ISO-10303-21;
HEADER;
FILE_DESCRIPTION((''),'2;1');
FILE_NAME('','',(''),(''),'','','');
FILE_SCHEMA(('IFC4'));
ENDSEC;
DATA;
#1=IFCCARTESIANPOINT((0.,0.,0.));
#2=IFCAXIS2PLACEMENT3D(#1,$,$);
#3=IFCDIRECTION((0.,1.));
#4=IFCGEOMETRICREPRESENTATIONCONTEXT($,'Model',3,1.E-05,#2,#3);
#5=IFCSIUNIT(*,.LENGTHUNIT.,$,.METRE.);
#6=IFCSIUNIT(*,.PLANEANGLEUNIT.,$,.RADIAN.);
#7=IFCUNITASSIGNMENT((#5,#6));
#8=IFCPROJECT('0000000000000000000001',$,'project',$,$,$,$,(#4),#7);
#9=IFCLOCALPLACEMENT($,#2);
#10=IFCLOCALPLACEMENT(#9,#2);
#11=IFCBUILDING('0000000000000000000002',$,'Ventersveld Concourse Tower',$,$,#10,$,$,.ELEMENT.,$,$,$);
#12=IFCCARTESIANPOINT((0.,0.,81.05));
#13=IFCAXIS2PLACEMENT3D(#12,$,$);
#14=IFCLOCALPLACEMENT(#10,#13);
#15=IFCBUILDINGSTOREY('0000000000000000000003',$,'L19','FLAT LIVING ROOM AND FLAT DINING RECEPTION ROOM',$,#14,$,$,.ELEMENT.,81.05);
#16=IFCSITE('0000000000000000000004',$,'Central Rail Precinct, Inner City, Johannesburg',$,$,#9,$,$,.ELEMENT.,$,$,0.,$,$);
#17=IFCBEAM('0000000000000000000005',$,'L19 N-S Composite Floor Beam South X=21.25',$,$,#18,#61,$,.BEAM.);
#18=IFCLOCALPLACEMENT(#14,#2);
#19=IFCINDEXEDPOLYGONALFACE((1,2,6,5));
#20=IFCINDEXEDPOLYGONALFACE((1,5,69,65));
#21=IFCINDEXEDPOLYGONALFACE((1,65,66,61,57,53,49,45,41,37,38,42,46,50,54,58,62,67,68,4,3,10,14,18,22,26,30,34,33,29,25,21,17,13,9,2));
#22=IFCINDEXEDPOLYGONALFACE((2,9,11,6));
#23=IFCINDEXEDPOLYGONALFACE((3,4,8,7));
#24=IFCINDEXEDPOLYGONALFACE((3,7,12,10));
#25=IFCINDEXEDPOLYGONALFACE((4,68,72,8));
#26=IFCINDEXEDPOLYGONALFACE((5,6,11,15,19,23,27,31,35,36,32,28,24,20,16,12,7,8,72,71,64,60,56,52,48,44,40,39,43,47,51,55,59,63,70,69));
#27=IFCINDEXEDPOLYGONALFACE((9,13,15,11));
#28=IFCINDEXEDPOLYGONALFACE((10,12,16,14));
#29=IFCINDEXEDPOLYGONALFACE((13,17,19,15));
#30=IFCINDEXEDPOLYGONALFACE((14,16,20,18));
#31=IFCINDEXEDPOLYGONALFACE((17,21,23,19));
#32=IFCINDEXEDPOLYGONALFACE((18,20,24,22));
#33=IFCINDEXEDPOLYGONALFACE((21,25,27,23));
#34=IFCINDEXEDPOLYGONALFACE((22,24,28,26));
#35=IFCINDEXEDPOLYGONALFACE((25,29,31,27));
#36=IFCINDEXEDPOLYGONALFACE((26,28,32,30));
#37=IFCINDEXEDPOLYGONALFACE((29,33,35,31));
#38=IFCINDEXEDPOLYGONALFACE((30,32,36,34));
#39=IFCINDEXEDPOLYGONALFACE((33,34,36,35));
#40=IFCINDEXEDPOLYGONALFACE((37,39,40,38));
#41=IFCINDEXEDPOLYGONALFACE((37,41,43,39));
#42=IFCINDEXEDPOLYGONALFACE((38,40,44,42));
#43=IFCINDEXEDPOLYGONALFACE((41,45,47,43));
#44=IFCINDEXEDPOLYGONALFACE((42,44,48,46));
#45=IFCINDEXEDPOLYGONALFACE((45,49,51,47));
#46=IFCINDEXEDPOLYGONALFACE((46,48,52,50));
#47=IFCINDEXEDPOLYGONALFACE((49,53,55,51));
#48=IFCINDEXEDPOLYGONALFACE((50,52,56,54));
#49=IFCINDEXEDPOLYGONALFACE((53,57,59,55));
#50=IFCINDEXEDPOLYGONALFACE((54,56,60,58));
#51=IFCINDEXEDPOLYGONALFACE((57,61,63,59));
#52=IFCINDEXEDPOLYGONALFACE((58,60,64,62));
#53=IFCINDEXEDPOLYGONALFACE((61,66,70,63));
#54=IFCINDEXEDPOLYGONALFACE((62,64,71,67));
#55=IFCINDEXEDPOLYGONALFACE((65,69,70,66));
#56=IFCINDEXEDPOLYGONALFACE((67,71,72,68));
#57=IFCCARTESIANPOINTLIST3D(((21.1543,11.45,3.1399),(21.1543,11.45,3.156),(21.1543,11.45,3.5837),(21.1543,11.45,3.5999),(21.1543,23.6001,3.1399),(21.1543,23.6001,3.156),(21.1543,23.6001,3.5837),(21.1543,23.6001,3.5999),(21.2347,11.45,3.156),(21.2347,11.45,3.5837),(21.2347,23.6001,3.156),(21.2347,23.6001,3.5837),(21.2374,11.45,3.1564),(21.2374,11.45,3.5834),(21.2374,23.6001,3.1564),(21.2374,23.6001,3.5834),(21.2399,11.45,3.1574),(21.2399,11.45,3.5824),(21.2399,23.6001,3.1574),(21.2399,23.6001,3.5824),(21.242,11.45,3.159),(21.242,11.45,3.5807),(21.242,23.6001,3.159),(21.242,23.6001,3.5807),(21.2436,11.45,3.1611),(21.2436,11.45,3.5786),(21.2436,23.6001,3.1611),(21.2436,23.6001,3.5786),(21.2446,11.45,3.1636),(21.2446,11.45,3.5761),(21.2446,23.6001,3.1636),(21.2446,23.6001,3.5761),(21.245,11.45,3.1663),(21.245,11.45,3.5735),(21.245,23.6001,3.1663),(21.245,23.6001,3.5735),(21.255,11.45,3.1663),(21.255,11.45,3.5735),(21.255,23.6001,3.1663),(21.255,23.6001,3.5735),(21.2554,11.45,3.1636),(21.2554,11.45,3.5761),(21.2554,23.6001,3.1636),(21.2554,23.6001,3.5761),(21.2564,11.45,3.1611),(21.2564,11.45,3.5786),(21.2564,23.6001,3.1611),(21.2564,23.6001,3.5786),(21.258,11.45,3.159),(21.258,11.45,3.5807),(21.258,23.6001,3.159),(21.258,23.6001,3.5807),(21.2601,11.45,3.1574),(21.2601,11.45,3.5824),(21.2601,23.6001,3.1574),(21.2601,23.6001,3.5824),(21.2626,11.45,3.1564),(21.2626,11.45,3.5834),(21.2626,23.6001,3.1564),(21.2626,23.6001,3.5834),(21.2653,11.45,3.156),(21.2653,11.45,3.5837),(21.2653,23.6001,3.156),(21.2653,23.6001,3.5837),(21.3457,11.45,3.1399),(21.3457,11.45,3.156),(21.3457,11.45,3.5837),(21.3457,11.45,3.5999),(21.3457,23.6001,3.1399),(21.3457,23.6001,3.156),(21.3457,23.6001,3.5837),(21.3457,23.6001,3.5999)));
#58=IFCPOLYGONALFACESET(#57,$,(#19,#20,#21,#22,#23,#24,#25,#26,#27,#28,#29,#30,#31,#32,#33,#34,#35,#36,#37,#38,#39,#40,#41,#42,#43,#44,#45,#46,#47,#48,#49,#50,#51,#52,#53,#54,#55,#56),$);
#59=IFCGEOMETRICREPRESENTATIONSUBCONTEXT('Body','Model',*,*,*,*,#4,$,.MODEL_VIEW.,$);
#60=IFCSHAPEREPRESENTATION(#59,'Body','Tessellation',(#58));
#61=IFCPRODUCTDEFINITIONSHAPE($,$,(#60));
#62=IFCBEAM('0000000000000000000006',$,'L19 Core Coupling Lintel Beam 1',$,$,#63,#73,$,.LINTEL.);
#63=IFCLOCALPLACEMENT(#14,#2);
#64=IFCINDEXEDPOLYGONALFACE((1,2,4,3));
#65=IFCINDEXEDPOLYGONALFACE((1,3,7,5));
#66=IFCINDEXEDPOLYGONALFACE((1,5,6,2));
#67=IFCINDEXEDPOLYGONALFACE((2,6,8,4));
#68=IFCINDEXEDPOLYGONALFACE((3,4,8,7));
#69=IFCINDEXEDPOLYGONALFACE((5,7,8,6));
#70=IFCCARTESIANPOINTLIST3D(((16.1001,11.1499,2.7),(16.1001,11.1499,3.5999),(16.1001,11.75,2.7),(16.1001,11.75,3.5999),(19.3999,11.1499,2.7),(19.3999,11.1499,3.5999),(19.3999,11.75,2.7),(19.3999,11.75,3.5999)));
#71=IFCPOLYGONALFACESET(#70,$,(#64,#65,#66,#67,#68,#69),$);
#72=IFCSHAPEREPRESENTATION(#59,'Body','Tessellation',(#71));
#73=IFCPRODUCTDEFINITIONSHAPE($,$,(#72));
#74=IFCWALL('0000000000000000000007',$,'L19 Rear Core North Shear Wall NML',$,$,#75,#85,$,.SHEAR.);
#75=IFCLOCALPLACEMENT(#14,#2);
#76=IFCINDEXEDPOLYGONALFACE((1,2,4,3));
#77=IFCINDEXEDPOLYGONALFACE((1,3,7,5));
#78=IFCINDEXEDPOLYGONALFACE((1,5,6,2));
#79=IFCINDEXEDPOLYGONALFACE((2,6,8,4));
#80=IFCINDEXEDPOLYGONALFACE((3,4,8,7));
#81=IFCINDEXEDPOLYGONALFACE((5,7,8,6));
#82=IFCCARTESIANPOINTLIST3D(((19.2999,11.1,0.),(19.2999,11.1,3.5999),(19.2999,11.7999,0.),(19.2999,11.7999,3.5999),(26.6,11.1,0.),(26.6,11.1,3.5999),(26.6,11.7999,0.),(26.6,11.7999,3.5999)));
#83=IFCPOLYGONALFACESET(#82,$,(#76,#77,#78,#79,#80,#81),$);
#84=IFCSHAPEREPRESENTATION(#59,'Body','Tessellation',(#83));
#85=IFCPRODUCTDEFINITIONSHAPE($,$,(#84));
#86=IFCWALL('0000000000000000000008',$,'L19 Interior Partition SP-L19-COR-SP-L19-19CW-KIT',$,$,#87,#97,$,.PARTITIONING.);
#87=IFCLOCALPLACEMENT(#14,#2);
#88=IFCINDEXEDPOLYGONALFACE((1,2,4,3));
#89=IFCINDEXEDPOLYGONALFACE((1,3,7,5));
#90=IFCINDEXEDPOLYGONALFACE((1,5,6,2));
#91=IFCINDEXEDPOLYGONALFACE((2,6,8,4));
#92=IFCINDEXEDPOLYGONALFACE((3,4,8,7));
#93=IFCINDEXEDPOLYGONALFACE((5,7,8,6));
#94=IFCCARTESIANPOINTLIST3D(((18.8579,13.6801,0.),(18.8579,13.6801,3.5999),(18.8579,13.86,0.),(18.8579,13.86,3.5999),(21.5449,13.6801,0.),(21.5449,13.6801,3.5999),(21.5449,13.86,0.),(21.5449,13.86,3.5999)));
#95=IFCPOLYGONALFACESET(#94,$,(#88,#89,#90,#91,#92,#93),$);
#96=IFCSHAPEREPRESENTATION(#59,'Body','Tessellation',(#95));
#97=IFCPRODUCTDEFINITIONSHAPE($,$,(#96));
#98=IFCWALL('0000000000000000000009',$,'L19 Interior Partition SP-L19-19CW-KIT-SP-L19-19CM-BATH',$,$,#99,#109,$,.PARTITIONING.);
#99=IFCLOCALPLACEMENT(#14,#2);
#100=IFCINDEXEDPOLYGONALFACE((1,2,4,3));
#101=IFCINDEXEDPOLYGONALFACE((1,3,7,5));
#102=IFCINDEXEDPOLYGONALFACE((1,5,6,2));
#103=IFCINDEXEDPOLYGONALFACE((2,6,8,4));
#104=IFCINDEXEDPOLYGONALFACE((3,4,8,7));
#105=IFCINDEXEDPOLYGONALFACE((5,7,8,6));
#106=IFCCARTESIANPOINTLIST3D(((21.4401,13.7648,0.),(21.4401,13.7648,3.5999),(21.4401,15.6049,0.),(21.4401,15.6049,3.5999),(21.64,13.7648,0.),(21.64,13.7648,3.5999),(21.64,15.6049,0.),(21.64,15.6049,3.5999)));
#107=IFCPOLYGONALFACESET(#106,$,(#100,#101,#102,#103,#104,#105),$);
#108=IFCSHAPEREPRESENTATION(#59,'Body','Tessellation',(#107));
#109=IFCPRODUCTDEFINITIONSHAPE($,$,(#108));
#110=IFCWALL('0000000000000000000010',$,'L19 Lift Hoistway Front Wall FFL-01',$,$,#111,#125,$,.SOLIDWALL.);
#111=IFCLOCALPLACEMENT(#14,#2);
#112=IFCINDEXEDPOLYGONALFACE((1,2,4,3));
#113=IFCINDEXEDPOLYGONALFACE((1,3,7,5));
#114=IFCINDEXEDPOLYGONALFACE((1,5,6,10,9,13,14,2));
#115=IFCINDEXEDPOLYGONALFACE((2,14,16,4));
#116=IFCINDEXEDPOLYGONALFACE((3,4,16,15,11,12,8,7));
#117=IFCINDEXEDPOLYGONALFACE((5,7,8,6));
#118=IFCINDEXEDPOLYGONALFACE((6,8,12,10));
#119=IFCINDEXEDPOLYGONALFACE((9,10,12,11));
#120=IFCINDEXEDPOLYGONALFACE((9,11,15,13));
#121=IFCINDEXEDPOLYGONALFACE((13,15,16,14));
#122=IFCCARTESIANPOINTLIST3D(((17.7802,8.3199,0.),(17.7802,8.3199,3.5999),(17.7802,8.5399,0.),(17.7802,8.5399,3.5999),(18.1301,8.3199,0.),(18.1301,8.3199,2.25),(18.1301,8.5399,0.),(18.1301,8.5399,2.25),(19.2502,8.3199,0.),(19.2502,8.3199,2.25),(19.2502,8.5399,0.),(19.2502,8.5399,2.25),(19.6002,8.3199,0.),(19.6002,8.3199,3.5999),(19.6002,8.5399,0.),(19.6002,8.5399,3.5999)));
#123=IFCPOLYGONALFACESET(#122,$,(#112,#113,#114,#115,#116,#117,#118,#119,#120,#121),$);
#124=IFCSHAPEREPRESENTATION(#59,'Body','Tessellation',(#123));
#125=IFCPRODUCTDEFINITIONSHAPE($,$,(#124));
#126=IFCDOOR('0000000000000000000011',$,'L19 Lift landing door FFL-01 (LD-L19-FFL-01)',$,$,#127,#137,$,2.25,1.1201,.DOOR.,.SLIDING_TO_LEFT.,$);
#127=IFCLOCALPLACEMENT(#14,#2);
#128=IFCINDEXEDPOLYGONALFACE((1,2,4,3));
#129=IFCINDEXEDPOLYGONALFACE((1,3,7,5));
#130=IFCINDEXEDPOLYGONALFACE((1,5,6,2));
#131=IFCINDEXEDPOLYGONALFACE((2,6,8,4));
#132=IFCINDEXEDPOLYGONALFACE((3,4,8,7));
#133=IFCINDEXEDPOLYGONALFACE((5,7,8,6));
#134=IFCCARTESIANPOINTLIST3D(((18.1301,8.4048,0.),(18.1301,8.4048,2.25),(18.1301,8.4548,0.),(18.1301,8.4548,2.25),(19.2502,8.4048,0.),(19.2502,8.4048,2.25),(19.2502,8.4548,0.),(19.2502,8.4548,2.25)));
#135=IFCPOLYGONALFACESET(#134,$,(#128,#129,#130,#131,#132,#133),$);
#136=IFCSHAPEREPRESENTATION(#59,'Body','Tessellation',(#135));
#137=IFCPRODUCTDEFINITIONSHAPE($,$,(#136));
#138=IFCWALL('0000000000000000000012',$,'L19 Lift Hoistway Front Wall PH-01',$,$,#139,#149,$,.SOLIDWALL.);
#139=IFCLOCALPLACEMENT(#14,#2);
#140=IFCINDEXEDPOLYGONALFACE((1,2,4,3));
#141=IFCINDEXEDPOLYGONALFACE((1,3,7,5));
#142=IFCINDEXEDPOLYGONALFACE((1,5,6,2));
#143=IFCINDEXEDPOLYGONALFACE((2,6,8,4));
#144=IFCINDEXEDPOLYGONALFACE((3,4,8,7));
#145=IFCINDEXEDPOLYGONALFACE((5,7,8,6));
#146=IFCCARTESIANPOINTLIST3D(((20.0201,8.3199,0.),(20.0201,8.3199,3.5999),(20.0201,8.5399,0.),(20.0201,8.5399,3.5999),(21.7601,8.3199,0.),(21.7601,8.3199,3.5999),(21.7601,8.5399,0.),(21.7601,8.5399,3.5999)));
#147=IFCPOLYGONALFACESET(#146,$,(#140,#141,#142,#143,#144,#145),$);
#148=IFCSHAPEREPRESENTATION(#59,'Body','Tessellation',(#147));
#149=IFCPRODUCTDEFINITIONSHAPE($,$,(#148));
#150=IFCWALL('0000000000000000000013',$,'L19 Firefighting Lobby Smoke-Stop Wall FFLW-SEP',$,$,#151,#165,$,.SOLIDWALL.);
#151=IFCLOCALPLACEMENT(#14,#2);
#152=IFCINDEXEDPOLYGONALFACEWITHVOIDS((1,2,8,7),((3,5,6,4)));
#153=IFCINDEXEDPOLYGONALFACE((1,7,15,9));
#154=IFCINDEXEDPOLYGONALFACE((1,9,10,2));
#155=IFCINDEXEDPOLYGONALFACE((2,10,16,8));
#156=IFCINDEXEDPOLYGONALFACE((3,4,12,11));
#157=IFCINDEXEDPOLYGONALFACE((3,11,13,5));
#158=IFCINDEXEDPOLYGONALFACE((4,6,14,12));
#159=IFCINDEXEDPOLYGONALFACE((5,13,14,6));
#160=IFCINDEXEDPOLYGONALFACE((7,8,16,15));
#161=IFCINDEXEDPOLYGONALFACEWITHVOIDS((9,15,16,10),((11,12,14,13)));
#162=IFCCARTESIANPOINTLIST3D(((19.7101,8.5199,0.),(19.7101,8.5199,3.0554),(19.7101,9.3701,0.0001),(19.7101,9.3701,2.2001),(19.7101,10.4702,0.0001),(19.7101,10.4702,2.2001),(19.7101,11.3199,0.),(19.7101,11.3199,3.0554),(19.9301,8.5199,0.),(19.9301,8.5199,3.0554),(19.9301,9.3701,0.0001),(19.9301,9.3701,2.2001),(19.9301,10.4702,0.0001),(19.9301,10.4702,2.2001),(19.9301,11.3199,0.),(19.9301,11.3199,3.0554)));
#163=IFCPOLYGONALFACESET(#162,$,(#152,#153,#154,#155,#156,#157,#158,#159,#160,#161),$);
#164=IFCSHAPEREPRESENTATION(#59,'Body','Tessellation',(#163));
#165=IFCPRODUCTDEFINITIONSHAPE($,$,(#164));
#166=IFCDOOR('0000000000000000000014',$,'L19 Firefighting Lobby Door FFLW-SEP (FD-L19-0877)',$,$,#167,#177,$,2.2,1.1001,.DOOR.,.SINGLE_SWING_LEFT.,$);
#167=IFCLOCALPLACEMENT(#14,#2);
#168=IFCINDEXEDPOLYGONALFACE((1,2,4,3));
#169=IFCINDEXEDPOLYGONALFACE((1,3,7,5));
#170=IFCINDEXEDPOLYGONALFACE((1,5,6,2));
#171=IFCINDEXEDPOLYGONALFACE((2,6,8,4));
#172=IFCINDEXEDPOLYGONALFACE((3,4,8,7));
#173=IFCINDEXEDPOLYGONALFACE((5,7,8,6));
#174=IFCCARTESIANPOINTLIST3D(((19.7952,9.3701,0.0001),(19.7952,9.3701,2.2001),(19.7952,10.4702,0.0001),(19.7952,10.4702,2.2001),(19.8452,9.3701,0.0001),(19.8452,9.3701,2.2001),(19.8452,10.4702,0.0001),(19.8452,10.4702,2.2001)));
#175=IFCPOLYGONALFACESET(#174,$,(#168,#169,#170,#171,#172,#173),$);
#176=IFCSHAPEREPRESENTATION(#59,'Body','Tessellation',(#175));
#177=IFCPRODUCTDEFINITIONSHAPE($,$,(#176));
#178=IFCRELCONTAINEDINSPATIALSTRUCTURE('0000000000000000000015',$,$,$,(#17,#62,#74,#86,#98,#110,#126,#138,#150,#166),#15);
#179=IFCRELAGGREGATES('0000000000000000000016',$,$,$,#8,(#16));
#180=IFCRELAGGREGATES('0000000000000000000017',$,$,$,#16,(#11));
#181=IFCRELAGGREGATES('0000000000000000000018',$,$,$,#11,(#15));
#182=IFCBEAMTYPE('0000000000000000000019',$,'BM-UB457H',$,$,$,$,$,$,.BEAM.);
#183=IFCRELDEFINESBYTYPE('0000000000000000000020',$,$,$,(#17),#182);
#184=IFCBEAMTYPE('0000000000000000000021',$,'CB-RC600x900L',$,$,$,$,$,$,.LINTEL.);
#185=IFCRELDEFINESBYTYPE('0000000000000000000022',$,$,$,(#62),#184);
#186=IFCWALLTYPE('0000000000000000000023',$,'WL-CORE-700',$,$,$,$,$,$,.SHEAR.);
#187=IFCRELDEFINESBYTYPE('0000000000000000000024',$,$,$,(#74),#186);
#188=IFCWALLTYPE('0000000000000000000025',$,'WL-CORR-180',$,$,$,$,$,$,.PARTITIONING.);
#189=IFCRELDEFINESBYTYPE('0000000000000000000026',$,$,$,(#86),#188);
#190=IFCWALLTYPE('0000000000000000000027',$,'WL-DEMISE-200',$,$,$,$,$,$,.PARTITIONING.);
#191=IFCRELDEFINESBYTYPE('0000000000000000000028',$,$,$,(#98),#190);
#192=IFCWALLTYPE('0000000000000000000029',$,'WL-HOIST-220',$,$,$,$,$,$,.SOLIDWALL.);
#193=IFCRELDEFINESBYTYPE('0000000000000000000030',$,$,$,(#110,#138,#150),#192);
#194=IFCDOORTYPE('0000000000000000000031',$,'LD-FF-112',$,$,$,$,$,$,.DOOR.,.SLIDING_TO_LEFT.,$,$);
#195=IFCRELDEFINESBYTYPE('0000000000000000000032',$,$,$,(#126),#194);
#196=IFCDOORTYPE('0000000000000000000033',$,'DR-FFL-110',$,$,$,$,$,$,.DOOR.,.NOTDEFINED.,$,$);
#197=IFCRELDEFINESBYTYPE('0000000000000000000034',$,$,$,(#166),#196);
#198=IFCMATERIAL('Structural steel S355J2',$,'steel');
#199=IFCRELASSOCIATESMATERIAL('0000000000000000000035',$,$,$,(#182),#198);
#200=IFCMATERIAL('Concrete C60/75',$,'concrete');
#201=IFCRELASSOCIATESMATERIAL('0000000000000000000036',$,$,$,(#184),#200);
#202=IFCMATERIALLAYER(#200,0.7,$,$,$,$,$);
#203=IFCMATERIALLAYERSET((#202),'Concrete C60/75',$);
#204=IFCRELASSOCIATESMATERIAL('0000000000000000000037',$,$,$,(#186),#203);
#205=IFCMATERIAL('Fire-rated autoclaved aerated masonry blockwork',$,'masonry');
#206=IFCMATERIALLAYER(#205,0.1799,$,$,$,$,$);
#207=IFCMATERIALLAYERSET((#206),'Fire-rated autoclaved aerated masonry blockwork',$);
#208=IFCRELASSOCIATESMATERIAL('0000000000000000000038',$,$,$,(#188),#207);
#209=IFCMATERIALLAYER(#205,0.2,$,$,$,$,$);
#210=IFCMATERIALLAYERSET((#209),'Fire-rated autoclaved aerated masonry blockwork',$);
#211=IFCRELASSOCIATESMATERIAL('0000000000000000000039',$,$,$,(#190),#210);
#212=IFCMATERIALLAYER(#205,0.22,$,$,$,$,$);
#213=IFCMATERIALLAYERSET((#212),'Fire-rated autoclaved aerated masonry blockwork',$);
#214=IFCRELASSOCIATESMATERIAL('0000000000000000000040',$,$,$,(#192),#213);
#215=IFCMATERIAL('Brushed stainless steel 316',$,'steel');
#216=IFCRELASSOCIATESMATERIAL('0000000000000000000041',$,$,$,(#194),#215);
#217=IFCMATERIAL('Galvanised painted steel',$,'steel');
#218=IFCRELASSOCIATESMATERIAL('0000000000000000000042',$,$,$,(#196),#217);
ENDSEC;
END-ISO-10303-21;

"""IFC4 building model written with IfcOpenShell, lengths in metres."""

from ifc_helpers import new_model, si_unit, direction, frame, frame_2d, origin, origin_2d, place, context, subcontext, project, spatial, rectangle, i_section, extrude, material, layer, layer_set, material_profile, profile_set, type_object, element, fill, save


model = new_model("IFC4")

# Units and contexts
model_context = context("Model", 3, precision=1e-05, world=origin(), true_north=direction((0.0, 1.0)))
body_context = subcontext(model_context, "Body", "Model", "MODEL_VIEW")
ifc_project = project(units=[si_unit("LENGTHUNIT", "METRE"), si_unit("PLANEANGLEUNIT", "RADIAN")], contexts=[model_context])

# Site, building, storey
site_placement = place(None, origin())
site = spatial("IfcSite", under=ifc_project, at=site_placement, Name="Central Rail Precinct, Inner City, Johannesburg", CompositionType="ELEMENT", RefElevation=0.0)
building_placement = place(site_placement, origin())
building = spatial("IfcBuilding", under=site, at=building_placement, Name="Ventersveld Concourse Tower", CompositionType="ELEMENT")
storey_placement = place(building_placement, frame((0.0, 0.0, 81.05)))
storey = spatial("IfcBuildingStorey", under=building, at=storey_placement, Name="L19", Description="FLAT LIVING ROOM AND FLAT DINING RECEPTION ROOM", CompositionType="ELEMENT", Elevation=81.05)

# Beams
ifc_material_1 = material(Name="Structural steel S355J2", Category="steel")
ifc_material_profile_1 = material_profile(ifc_material_1, i_section(OverallWidth=0.1914, OverallDepth=0.46, WebThickness=0.01, FlangeThickness=0.0161, FilletRadius=0.0103, at=origin_2d()), Name="UB 457x191x82")
ifc_profile_set_1 = profile_set([ifc_material_profile_1], Name="Structural steel S355J2")
beam_type_1 = type_object("IfcBeamType", Name="BM-UB457H", PredefinedType="BEAM", material=ifc_profile_set_1)
beam_1_placement = place(storey_placement, frame((21.25, 11.45, 3.3699), z_axis=(0.0, 1.0, 0.0), x_axis=(-1.0, 0.0, 0.0)))
element("IfcBeam", 1, at=beam_1_placement, inside=storey, type_object=beam_type_1, Name="L19 N-S Composite Floor Beam South X=21.25", PredefinedType="BEAM", context=body_context, shape_type="SweptSolid", body=[
    extrude(i_section(OverallWidth=0.1914, OverallDepth=0.46, WebThickness=0.01, FlangeThickness=0.0161, FilletRadius=0.0103, at=origin_2d()), origin(), (0.0, 0.0, 1.0), 12.1501),
])
ifc_material_2 = material(Name="Concrete C60/75", Category="concrete")
ifc_material_profile_2 = material_profile(ifc_material_2, rectangle(XDim=0.6001, YDim=0.8999, at=origin_2d()), Name="RC 600x900")
ifc_profile_set_2 = profile_set([ifc_material_profile_2], Name="Concrete C60/75")
beam_type_2 = type_object("IfcBeamType", Name="CB-RC600x900L", PredefinedType="LINTEL", material=ifc_profile_set_2)
beam_2_placement = place(storey_placement, frame((16.1001, 11.45, 3.1499), z_axis=(1.0, 0.0, 0.0), x_axis=(0.0, 1.0, 0.0)))
element("IfcBeam", 2, at=beam_2_placement, inside=storey, type_object=beam_type_2, Name="L19 Core Coupling Lintel Beam 1", PredefinedType="LINTEL", context=body_context, shape_type="SweptSolid", body=[
    extrude(rectangle(XDim=0.6001, YDim=0.8999, at=origin_2d()), origin(), (0.0, 0.0, 1.0), 3.2998),
])

# Walls
ifc_layer_1 = layer(ifc_material_2, 0.7)
ifc_layer_set_1 = layer_set([ifc_layer_1], Name="Concrete C60/75")
wall_type_1 = type_object("IfcWallType", Name="WL-CORE-700", PredefinedType="SHEAR", material=ifc_layer_set_1)
wall_1_placement = place(storey_placement, frame((19.3, 11.45, 0.0), z_axis=(0.0, 0.0, 1.0), x_axis=(1.0, 0.0, 0.0)))
element("IfcWall", 3, at=wall_1_placement, inside=storey, type_object=wall_type_1, Name="L19 Rear Core North Shear Wall NML", PredefinedType="SHEAR", context=body_context, shape_type="SweptSolid", body=[
    extrude(rectangle(XDim=7.3, YDim=0.7, at=frame_2d((3.6499, 0.0))), origin(), (0.0, 0.0, 1.0), 3.5999),
])
ifc_material_3 = material(Name="Fire-rated autoclaved aerated masonry blockwork", Category="masonry")
ifc_layer_2 = layer(ifc_material_3, 0.1799)
ifc_layer_set_2 = layer_set([ifc_layer_2], Name="Fire-rated autoclaved aerated masonry blockwork")
wall_type_2 = type_object("IfcWallType", Name="WL-CORR-180", PredefinedType="PARTITIONING", material=ifc_layer_set_2)
wall_2_placement = place(storey_placement, frame((18.8579, 13.77, 0.0), z_axis=(0.0, 0.0, 1.0), x_axis=(1.0, 0.0, 0.0)))
element("IfcWall", 4, at=wall_2_placement, inside=storey, type_object=wall_type_2, Name="L19 Interior Partition SP-L19-COR-SP-L19-19CW-KIT", PredefinedType="PARTITIONING", context=body_context, shape_type="SweptSolid", body=[
    extrude(rectangle(XDim=2.687, YDim=0.1799, at=frame_2d((1.3435, 0.0))), origin(), (0.0, 0.0, 1.0), 3.5999),
])
ifc_layer_3 = layer(ifc_material_3, 0.2)
ifc_layer_set_3 = layer_set([ifc_layer_3], Name="Fire-rated autoclaved aerated masonry blockwork")
wall_type_3 = type_object("IfcWallType", Name="WL-DEMISE-200", PredefinedType="PARTITIONING", material=ifc_layer_set_3)
wall_3_placement = place(storey_placement, frame((21.54, 13.7649, 0.0), z_axis=(0.0, 0.0, 1.0), x_axis=(0.0, 1.0, 0.0)))
element("IfcWall", 5, at=wall_3_placement, inside=storey, type_object=wall_type_3, Name="L19 Interior Partition SP-L19-19CW-KIT-SP-L19-19CM-BATH", PredefinedType="PARTITIONING", context=body_context, shape_type="SweptSolid", body=[
    extrude(rectangle(XDim=1.8401, YDim=0.2, at=frame_2d((0.9199, 0.0))), origin(), (0.0, 0.0, 1.0), 3.5999),
])

# Wall, opening, door
ifc_layer_4 = layer(ifc_material_3, 0.22)
ifc_layer_set_4 = layer_set([ifc_layer_4], Name="Fire-rated autoclaved aerated masonry blockwork")
wall_type_4 = type_object("IfcWallType", Name="WL-HOIST-220", PredefinedType="SOLIDWALL", material=ifc_layer_set_4)
wall_4_placement = place(storey_placement, frame((17.78, 8.4299, 0.0), z_axis=(0.0, 0.0, 1.0), x_axis=(1.0, 0.0, 0.0)))
wall_4 = element("IfcWall", 6, at=wall_4_placement, inside=storey, type_object=wall_type_4, Name="L19 Lift Hoistway Front Wall FFL-01", PredefinedType="SOLIDWALL", context=body_context, shape_type="SweptSolid", body=[
    extrude(rectangle(XDim=1.8201, YDim=0.22, at=frame_2d((0.9102, 0.0))), origin(), (0.0, 0.0, 1.0), 3.5999),
])
opening_1_placement = place(wall_4_placement, frame((0.3501, 0.0, 0.0)))
opening_1 = element("IfcOpeningElement", 7, at=opening_1_placement, cuts=wall_4, PredefinedType="OPENING", context=body_context, shape_type="SweptSolid", body=[
    extrude(rectangle(XDim=1.1201, YDim=2.25, at=frame_2d((0.5601, 1.125))), frame((0.0, 0.1201, 0.0), z_axis=(0.0, -1.0, 0.0), x_axis=(1.0, 0.0, 0.0)), (0.0, 0.0, 1.0), 0.24),
])
ifc_material_4 = material(Name="Brushed stainless steel 316", Category="steel")
door_type_1 = type_object("IfcDoorType", Name="LD-FF-112", OperationType="SLIDING_TO_LEFT", PredefinedType="DOOR", material=ifc_material_4)
door_1_placement = place(opening_1_placement, origin())
door_1 = element("IfcDoor", 8, at=door_1_placement, inside=storey, type_object=door_type_1, Name="L19 Lift landing door FFL-01 (LD-L19-FFL-01)", OperationType="SLIDING_TO_LEFT", OverallHeight=2.25, OverallWidth=1.1201, PredefinedType="DOOR", context=body_context, shape_type="SweptSolid", body=[
    extrude(rectangle(XDim=1.1201, YDim=2.25, at=frame_2d((0.5601, 1.125))), frame((0.0, 0.0249, 0.0), z_axis=(0.0, -1.0, 0.0), x_axis=(1.0, 0.0, 0.0)), (0.0, 0.0, 1.0), 0.05),
])
fill(opening_1, door_1)

# Wall
wall_5_placement = place(storey_placement, frame((20.02, 8.4299, 0.0), z_axis=(0.0, 0.0, 1.0), x_axis=(1.0, 0.0, 0.0)))
element("IfcWall", 9, at=wall_5_placement, inside=storey, type_object=wall_type_4, Name="L19 Lift Hoistway Front Wall PH-01", PredefinedType="SOLIDWALL", context=body_context, shape_type="SweptSolid", body=[
    extrude(rectangle(XDim=1.74, YDim=0.22, at=frame_2d((0.8701, 0.0))), origin(), (0.0, 0.0, 1.0), 3.5999),
])

# Wall, opening, door
wall_6_placement = place(storey_placement, frame((19.8201, 8.52, 0.0), z_axis=(0.0, 0.0, 1.0), x_axis=(0.0, 1.0, 0.0)))
wall_6 = element("IfcWall", 10, at=wall_6_placement, inside=storey, type_object=wall_type_4, Name="L19 Firefighting Lobby Smoke-Stop Wall FFLW-SEP", PredefinedType="SOLIDWALL", context=body_context, shape_type="SweptSolid", body=[
    extrude(rectangle(XDim=2.8, YDim=0.22, at=frame_2d((1.3999, 0.0))), origin(), (0.0, 0.0, 1.0), 3.0554),
])
opening_2_placement = place(wall_6_placement, frame((0.8501, 0.0, 0.0)))
opening_2 = element("IfcOpeningElement", 11, at=opening_2_placement, cuts=wall_6, PredefinedType="OPENING", context=body_context, shape_type="SweptSolid", body=[
    extrude(rectangle(XDim=1.1001, YDim=2.2, at=frame_2d((0.55, 1.1001))), frame((0.0, 0.1201, 0.0), z_axis=(0.0, -1.0, 0.0), x_axis=(1.0, 0.0, 0.0)), (0.0, 0.0, 1.0), 0.24),
])
ifc_material_5 = material(Name="Galvanised painted steel", Category="steel")
door_type_2 = type_object("IfcDoorType", Name="DR-FFL-110", OperationType="NOTDEFINED", PredefinedType="DOOR", material=ifc_material_5)
door_2_placement = place(opening_2_placement, origin())
door_2 = element("IfcDoor", 12, at=door_2_placement, inside=storey, type_object=door_type_2, Name="L19 Firefighting Lobby Door FFLW-SEP (FD-L19-0877)", OperationType="SINGLE_SWING_LEFT", OverallHeight=2.2, OverallWidth=1.1001, PredefinedType="DOOR", context=body_context, shape_type="SweptSolid", body=[
    extrude(rectangle(XDim=1.1001, YDim=2.2, at=frame_2d((0.55, 1.1001))), frame((0.0, 0.0249, 0.0), z_axis=(0.0, -1.0, 0.0), x_axis=(1.0, 0.0, 0.0)), (0.0, 0.0, 1.0), 0.05),
])
fill(opening_2, door_2)

save(model, "model.ifc")
